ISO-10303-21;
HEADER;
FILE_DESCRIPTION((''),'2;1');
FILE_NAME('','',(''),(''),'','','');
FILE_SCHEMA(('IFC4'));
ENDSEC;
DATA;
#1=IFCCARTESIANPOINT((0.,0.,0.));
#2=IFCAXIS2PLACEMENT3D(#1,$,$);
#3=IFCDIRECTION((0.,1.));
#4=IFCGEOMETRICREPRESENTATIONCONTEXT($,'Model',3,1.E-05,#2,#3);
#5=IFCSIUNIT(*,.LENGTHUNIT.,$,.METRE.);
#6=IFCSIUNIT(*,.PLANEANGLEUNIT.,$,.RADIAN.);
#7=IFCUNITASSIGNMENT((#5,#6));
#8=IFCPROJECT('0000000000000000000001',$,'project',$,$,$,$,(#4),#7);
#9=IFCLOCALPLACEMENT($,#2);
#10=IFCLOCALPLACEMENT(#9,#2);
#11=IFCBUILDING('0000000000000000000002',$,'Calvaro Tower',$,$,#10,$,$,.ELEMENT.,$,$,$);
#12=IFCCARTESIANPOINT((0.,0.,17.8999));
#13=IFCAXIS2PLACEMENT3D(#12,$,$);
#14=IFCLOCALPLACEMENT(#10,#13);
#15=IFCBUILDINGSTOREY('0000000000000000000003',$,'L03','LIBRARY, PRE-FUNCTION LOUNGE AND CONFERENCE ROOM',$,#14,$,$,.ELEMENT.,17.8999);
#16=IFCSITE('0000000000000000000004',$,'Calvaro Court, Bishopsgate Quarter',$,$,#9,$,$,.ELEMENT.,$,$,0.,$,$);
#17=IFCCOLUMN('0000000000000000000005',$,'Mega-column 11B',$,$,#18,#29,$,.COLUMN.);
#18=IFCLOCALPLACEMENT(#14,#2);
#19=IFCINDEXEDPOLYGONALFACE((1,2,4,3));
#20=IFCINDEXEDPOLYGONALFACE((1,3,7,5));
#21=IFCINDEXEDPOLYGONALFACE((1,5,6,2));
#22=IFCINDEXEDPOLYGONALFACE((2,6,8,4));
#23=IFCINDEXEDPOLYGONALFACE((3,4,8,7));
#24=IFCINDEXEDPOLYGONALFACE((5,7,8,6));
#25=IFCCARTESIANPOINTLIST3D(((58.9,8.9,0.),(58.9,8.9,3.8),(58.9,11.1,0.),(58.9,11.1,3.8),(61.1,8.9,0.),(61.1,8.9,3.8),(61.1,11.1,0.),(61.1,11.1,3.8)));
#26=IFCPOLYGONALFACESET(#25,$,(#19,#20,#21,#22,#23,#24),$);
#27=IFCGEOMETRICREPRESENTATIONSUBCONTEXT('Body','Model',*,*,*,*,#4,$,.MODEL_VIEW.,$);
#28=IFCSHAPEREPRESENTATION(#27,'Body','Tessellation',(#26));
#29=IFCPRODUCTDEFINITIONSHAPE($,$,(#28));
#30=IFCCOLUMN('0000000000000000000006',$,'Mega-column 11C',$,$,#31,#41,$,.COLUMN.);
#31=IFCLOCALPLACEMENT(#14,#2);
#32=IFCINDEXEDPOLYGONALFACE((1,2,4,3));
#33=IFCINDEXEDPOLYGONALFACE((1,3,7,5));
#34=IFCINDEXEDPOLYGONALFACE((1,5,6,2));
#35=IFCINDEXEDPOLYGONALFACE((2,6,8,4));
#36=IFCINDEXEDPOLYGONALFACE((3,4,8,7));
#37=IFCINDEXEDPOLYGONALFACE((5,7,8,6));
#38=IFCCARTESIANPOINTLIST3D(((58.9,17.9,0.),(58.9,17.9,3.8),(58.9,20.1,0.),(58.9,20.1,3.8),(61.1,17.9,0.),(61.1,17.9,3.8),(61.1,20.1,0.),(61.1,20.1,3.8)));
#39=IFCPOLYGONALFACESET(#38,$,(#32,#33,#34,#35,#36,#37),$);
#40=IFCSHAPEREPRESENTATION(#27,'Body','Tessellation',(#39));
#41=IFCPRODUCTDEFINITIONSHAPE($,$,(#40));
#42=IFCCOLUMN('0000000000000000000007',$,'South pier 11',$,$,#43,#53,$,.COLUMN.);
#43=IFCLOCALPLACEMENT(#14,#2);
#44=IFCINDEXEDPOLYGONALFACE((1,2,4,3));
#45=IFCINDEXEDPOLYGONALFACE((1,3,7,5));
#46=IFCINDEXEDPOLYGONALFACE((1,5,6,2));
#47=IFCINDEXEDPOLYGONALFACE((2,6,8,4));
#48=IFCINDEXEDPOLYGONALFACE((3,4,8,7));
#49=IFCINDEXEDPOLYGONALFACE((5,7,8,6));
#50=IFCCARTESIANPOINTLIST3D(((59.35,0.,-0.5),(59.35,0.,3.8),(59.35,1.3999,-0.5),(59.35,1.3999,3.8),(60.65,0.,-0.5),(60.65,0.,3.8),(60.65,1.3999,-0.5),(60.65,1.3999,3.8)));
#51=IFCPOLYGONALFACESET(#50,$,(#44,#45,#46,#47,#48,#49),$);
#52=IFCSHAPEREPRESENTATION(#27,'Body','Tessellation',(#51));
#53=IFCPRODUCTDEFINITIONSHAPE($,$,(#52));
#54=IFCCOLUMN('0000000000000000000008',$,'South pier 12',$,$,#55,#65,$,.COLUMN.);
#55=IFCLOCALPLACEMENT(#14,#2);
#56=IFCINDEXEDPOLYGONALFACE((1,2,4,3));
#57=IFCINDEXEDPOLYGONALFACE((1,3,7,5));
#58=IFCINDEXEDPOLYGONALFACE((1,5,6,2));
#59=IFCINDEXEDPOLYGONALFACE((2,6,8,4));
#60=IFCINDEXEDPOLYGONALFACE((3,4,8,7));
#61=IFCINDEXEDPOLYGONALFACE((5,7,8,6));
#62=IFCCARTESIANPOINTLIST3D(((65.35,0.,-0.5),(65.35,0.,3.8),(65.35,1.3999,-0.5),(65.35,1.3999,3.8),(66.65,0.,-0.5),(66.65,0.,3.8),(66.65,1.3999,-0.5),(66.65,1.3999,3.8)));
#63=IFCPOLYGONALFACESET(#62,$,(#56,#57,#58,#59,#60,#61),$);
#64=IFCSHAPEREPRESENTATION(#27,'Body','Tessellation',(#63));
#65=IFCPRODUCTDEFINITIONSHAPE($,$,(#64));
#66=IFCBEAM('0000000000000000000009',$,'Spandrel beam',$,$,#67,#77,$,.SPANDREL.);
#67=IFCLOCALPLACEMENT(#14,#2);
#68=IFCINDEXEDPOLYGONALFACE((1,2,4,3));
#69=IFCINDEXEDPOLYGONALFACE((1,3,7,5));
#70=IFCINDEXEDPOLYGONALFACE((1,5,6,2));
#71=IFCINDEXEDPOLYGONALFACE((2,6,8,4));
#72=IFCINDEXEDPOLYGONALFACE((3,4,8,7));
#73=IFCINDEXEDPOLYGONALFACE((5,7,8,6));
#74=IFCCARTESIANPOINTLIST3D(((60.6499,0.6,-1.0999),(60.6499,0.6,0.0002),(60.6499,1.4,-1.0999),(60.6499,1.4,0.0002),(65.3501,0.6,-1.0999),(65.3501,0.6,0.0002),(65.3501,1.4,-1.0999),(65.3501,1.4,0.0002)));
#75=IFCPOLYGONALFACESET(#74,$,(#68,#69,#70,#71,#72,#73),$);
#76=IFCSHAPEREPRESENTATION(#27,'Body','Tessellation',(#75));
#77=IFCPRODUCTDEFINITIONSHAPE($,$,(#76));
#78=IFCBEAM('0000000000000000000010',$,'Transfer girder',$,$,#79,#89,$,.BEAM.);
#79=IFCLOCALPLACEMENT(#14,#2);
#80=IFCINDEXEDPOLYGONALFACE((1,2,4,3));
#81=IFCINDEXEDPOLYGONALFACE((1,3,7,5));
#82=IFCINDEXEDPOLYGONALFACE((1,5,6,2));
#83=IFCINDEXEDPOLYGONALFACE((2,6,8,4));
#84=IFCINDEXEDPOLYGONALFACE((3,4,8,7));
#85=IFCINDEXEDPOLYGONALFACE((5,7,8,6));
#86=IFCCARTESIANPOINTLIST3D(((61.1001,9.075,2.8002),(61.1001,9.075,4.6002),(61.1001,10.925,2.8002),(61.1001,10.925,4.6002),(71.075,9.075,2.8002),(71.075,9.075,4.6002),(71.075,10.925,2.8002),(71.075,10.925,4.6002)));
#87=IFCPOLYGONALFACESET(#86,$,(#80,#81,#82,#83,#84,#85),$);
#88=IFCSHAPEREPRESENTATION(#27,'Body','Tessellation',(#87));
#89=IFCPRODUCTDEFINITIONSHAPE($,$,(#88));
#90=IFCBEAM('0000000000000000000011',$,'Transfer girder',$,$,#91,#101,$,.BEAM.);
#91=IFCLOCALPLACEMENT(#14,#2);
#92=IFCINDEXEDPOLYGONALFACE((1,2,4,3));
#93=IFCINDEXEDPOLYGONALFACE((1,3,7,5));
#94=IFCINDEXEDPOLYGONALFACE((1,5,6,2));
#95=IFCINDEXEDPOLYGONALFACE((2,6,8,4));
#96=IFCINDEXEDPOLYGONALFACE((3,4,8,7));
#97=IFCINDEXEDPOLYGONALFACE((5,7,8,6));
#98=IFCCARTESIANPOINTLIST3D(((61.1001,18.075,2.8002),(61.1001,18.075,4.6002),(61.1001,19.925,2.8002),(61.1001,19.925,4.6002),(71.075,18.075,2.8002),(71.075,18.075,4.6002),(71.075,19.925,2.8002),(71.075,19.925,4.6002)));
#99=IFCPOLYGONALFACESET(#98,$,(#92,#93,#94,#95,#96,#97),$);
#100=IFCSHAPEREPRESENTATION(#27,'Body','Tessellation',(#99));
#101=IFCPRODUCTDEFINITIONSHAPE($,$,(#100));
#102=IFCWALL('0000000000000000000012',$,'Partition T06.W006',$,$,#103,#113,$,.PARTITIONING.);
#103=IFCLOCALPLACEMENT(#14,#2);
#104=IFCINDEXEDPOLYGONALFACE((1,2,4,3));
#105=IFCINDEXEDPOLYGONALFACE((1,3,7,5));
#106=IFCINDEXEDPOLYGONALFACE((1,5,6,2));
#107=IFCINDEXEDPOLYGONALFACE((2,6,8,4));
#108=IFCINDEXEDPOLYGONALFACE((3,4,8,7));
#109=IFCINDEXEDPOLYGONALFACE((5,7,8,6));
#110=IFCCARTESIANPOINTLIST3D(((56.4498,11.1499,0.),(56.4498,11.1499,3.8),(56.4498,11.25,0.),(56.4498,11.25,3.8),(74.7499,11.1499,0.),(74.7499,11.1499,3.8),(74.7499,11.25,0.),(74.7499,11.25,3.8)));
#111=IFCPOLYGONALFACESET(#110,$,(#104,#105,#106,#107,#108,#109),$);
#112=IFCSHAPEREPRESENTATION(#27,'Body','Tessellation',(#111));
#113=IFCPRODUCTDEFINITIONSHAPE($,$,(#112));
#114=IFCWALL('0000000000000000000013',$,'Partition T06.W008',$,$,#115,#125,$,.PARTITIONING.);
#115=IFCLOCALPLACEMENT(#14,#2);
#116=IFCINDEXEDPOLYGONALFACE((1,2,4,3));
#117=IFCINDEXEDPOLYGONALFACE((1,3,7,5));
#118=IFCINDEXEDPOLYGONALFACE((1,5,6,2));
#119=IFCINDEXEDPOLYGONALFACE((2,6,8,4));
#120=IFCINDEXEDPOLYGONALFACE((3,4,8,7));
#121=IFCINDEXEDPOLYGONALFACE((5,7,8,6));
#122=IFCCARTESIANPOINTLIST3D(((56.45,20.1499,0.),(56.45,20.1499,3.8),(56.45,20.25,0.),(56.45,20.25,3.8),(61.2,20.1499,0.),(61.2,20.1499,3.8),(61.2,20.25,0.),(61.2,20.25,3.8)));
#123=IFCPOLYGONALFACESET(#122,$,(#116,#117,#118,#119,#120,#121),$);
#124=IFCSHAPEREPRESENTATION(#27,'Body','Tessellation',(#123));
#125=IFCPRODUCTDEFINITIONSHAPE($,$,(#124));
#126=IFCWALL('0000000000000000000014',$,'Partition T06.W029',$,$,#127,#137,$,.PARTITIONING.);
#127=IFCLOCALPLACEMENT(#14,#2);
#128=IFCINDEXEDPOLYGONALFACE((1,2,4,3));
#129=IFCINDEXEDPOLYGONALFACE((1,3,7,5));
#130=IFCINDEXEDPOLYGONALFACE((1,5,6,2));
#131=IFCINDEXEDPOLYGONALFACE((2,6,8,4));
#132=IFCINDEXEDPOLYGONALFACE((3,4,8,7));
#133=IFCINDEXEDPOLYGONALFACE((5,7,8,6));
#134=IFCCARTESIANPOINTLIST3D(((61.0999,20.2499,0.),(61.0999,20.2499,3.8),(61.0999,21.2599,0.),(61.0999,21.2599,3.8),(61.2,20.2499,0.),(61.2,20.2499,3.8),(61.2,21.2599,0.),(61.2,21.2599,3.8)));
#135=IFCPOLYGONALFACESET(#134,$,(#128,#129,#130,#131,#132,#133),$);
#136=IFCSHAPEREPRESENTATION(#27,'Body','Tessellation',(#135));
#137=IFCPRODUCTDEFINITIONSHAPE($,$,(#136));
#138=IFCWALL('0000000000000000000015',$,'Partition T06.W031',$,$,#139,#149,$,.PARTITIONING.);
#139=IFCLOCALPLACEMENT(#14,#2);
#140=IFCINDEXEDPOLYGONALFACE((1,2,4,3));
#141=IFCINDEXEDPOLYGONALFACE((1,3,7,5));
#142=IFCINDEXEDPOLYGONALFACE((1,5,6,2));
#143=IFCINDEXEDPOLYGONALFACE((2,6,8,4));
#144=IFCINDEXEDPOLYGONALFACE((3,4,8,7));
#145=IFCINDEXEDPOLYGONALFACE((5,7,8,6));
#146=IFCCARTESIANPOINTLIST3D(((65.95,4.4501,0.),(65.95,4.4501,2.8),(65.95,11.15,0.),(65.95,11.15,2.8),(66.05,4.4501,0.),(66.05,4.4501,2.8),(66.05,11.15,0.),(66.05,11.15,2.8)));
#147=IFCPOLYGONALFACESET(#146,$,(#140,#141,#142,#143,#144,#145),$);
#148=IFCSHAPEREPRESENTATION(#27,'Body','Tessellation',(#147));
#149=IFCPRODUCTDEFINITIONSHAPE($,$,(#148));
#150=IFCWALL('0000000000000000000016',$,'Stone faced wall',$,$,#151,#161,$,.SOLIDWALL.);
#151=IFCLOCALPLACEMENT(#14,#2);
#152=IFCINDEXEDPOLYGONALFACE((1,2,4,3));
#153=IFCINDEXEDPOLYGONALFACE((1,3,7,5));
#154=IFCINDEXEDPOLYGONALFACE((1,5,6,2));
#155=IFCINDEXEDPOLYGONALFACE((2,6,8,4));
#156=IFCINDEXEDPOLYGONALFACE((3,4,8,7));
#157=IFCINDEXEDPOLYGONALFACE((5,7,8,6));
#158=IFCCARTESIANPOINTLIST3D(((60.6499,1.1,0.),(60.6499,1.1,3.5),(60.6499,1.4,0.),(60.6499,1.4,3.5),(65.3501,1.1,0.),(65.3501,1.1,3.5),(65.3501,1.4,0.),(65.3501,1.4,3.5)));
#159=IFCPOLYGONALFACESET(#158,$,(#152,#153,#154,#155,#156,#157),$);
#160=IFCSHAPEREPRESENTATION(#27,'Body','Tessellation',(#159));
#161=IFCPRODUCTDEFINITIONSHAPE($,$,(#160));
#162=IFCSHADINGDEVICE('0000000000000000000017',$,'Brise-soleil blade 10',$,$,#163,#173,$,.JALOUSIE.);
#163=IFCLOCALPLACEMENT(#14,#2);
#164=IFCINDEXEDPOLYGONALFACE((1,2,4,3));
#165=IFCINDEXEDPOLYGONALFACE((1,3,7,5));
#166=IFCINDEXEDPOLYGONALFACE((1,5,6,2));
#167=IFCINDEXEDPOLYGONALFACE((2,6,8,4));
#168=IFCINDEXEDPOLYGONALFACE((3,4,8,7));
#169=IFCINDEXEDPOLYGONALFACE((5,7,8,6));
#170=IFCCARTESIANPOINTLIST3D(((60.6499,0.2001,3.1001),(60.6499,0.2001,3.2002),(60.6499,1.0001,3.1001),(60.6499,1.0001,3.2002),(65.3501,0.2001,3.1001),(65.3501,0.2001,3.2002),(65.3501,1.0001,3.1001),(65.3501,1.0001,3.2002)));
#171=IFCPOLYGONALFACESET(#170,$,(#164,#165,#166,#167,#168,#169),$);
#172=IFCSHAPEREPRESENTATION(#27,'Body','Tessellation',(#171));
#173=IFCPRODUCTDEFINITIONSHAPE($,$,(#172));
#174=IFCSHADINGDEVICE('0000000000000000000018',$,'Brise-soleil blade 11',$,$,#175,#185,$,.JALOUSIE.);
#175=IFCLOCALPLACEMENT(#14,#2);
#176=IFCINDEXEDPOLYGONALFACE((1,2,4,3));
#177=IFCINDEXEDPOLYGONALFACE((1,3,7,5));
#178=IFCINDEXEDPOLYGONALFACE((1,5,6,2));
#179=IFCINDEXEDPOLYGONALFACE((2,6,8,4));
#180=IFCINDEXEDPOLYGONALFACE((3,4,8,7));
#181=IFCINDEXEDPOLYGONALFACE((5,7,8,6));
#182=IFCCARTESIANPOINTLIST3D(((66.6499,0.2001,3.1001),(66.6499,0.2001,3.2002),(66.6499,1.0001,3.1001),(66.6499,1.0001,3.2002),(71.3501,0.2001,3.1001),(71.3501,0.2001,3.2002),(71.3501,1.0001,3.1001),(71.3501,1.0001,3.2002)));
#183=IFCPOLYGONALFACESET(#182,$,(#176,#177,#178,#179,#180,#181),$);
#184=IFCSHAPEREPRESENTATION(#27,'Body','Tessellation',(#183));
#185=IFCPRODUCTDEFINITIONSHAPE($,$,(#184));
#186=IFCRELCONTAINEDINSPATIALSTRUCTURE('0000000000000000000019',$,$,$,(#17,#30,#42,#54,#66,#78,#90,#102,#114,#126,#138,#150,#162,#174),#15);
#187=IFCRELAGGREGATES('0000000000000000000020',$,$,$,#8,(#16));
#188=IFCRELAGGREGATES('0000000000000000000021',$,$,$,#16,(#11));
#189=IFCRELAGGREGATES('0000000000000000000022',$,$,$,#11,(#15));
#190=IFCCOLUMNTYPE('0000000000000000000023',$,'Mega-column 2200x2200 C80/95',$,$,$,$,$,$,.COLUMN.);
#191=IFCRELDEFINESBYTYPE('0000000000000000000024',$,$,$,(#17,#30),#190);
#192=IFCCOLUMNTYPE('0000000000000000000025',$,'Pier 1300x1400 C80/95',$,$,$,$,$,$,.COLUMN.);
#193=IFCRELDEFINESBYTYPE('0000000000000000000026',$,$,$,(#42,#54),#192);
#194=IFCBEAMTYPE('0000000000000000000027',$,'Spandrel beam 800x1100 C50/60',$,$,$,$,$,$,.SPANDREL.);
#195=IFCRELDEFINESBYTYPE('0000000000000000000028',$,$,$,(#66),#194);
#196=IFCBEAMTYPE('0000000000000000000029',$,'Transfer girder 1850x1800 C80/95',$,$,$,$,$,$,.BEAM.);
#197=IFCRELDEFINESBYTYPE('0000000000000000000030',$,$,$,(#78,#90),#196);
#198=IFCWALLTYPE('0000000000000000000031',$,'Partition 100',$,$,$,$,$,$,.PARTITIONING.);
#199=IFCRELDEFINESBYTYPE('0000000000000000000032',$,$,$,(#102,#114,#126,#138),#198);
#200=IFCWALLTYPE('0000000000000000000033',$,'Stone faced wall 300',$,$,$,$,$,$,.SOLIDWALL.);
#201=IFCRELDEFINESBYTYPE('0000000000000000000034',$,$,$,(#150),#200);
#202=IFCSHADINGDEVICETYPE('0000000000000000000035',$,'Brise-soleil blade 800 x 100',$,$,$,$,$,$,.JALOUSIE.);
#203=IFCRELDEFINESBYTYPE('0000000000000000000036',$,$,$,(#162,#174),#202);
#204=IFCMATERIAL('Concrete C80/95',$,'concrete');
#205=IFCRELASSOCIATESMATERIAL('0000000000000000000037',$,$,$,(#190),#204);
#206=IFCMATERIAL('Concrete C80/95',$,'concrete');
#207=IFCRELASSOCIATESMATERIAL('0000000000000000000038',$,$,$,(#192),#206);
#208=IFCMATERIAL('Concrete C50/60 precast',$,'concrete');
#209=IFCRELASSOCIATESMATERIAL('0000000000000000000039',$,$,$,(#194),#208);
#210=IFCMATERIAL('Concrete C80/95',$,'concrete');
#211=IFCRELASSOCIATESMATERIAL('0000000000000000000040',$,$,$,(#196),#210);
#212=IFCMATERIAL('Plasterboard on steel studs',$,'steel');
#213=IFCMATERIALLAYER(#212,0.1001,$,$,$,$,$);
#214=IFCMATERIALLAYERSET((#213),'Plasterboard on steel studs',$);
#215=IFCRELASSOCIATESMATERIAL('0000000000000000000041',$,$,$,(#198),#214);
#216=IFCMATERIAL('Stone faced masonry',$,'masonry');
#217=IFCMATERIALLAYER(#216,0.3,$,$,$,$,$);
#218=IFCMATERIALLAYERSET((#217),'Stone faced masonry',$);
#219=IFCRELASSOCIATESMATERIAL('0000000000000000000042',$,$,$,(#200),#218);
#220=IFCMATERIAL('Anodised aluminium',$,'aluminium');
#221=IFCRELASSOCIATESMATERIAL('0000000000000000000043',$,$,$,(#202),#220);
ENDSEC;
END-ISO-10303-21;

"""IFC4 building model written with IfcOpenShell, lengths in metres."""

from ifc_helpers import new_model, si_unit, direction, frame, frame_2d, origin, origin_2d, place, context, subcontext, project, spatial, rectangle, extrude, material, layer, layer_set, material_profile, profile_set, type_object, element, save


model = new_model("IFC4")

# Units and contexts
model_context = context("Model", 3, precision=1e-05, world=origin(), true_north=direction((0.0, 1.0)))
body_context = subcontext(model_context, "Body", "Model", "MODEL_VIEW")
ifc_project = project(units=[si_unit("LENGTHUNIT", "METRE"), si_unit("PLANEANGLEUNIT", "RADIAN")], contexts=[model_context])

# Site, building, storey
site_placement = place(None, origin())
site = spatial("IfcSite", under=ifc_project, at=site_placement, Name="Calvaro Court, Bishopsgate Quarter", CompositionType="ELEMENT", RefElevation=0.0)
building_placement = place(site_placement, origin())
building = spatial("IfcBuilding", under=site, at=building_placement, Name="Calvaro Tower", CompositionType="ELEMENT")
storey_placement = place(building_placement, frame((0.0, 0.0, 17.8999)))
storey = spatial("IfcBuildingStorey", under=building, at=storey_placement, Name="L03", Description="LIBRARY, PRE-FUNCTION LOUNGE AND CONFERENCE ROOM", CompositionType="ELEMENT", Elevation=17.8999)

# Columns
ifc_material_1 = material(Name="Concrete C80/95", Category="concrete")
ifc_material_profile_1 = material_profile(ifc_material_1, rectangle(XDim=2.2, YDim=2.2, at=origin_2d()), Name="RC 2200x2200")
ifc_profile_set_1 = profile_set([ifc_material_profile_1], Name="Concrete C80/95")
column_type_1 = type_object("IfcColumnType", Name="Mega-column 2200x2200 C80/95", PredefinedType="COLUMN", material=ifc_profile_set_1)
for number, where, z_axis, x_axis, name in (
    (1, (60.0, 10.0, 0.0), (0.0, 0.0, 1.0), (1.0, 0.0, 0.0), "Mega-column 11B"),
    (2, (60.0, 19.0, 0.0), (0.0, 0.0, 1.0), (1.0, 0.0, 0.0), "Mega-column 11C"),
):
    element("IfcColumn", number, at=place(storey_placement, frame(where, z_axis=z_axis, x_axis=x_axis)), inside=storey, type_object=column_type_1, Name=name, PredefinedType="COLUMN", context=body_context, shape_type="SweptSolid", body=[
        extrude(rectangle(XDim=2.2, YDim=2.2, at=origin_2d()), origin(), (0.0, 0.0, 1.0), 3.8),
    ])
ifc_material_2 = material(Name="Concrete C80/95", Category="concrete")
ifc_material_profile_2 = material_profile(ifc_material_2, rectangle(XDim=1.3, YDim=1.3999, at=origin_2d()), Name="RC 1300x1400")
ifc_profile_set_2 = profile_set([ifc_material_profile_2], Name="Concrete C80/95")
column_type_2 = type_object("IfcColumnType", Name="Pier 1300x1400 C80/95", PredefinedType="COLUMN", material=ifc_profile_set_2)
for number, where, z_axis, x_axis, name in (
    (3, (60.0, 0.7, -0.5), (0.0, 0.0, 1.0), (1.0, 0.0, 0.0), "South pier 11"),
    (4, (66.0, 0.7, -0.5), (0.0, 0.0, 1.0), (1.0, 0.0, 0.0), "South pier 12"),
):
    element("IfcColumn", number, at=place(storey_placement, frame(where, z_axis=z_axis, x_axis=x_axis)), inside=storey, type_object=column_type_2, Name=name, PredefinedType="COLUMN", context=body_context, shape_type="SweptSolid", body=[
        extrude(rectangle(XDim=1.3, YDim=1.3999, at=origin_2d()), origin(), (0.0, 0.0, 1.0), 4.3),
    ])

# Beams
ifc_material_3 = material(Name="Concrete C50/60 precast", Category="concrete")
ifc_material_profile_3 = material_profile(ifc_material_3, rectangle(XDim=0.8, YDim=1.1001, at=origin_2d()), Name="RC 800x1100")
ifc_profile_set_3 = profile_set([ifc_material_profile_3], Name="Concrete C50/60 precast")
beam_type_1 = type_object("IfcBeamType", Name="Spandrel beam 800x1100 C50/60", PredefinedType="SPANDREL", material=ifc_profile_set_3)
beam_placement = place(storey_placement, frame((60.6499, 1.0, -0.5498), z_axis=(1.0, 0.0, 0.0), x_axis=(0.0, 1.0, 0.0)))
element("IfcBeam", 5, at=beam_placement, inside=storey, type_object=beam_type_1, Name="Spandrel beam", PredefinedType="SPANDREL", context=body_context, shape_type="SweptSolid", body=[
    extrude(rectangle(XDim=0.8, YDim=1.1001, at=origin_2d()), origin(), (0.0, 0.0, 1.0), 4.7002),
])
ifc_material_4 = material(Name="Concrete C80/95", Category="concrete")
ifc_material_profile_4 = material_profile(ifc_material_4, rectangle(XDim=1.8501, YDim=1.8, at=origin_2d()), Name="RC 1850x1800")
ifc_profile_set_4 = profile_set([ifc_material_profile_4], Name="Concrete C80/95")
beam_type_2 = type_object("IfcBeamType", Name="Transfer girder 1850x1800 C80/95", PredefinedType="BEAM", material=ifc_profile_set_4)
for number, where, z_axis, x_axis, name in (
    (6, (61.1001, 10.0, 3.7002), (1.0, 0.0, 0.0), (0.0, 1.0, 0.0), "Transfer girder"),
    (7, (61.1001, 19.0, 3.7002), (1.0, 0.0, 0.0), (0.0, 1.0, 0.0), "Transfer girder"),
):
    element("IfcBeam", number, at=place(storey_placement, frame(where, z_axis=z_axis, x_axis=x_axis)), inside=storey, type_object=beam_type_2, Name=name, PredefinedType="BEAM", context=body_context, shape_type="SweptSolid", body=[
        extrude(rectangle(XDim=1.8501, YDim=1.8, at=origin_2d()), origin(), (0.0, 0.0, 1.0), 9.9749),
    ])

# Walls
ifc_material_5 = material(Name="Plasterboard on steel studs", Category="steel")
ifc_layer_1 = layer(ifc_material_5, 0.1001)
ifc_layer_set_1 = layer_set([ifc_layer_1], Name="Plasterboard on steel studs")
wall_type_1 = type_object("IfcWallType", Name="Partition 100", PredefinedType="PARTITIONING", material=ifc_layer_set_1)
wall_1_placement = place(storey_placement, frame((56.45, 11.2, 0.0), z_axis=(0.0, 0.0, 1.0), x_axis=(1.0, 0.0, 0.0)))
element("IfcWall", 8, at=wall_1_placement, inside=storey, type_object=wall_type_1, Name="Partition T06.W006", PredefinedType="PARTITIONING", context=body_context, shape_type="SweptSolid", body=[
    extrude(rectangle(XDim=18.3, YDim=0.1001, at=frame_2d((9.1499, 0.0))), origin(), (0.0, 0.0, 1.0), 3.8),
])
wall_2_placement = place(storey_placement, frame((56.45, 20.2, 0.0), z_axis=(0.0, 0.0, 1.0), x_axis=(1.0, 0.0, 0.0)))
element("IfcWall", 9, at=wall_2_placement, inside=storey, type_object=wall_type_1, Name="Partition T06.W008", PredefinedType="PARTITIONING", context=body_context, shape_type="SweptSolid", body=[
    extrude(rectangle(XDim=4.75, YDim=0.1001, at=frame_2d((2.375, 0.0))), origin(), (0.0, 0.0, 1.0), 3.8),
])
wall_3_placement = place(storey_placement, frame((61.1499, 20.25, 0.0), z_axis=(0.0, 0.0, 1.0), x_axis=(0.0, 1.0, 0.0)))
element("IfcWall", 10, at=wall_3_placement, inside=storey, type_object=wall_type_1, Name="Partition T06.W029", PredefinedType="PARTITIONING", context=body_context, shape_type="SweptSolid", body=[
    extrude(rectangle(XDim=1.01, YDim=0.1001, at=frame_2d((0.5049, 0.0))), origin(), (0.0, 0.0, 1.0), 3.8),
])
wall_4_placement = place(storey_placement, frame((66.0, 4.45, 0.0), z_axis=(0.0, 0.0, 1.0), x_axis=(0.0, 1.0, 0.0)))
element("IfcWall", 11, at=wall_4_placement, inside=storey, type_object=wall_type_1, Name="Partition T06.W031", PredefinedType="PARTITIONING", context=body_context, shape_type="SweptSolid", body=[
    extrude(rectangle(XDim=6.7, YDim=0.1001, at=frame_2d((3.3501, 0.0))), origin(), (0.0, 0.0, 1.0), 2.8),
])
ifc_material_6 = material(Name="Stone faced masonry", Category="masonry")
ifc_layer_2 = layer(ifc_material_6, 0.3)
ifc_layer_set_2 = layer_set([ifc_layer_2], Name="Stone faced masonry")
wall_type_2 = type_object("IfcWallType", Name="Stone faced wall 300", PredefinedType="SOLIDWALL", material=ifc_layer_set_2)
wall_5_placement = place(storey_placement, frame((60.6499, 1.25, 0.0), z_axis=(0.0, 0.0, 1.0), x_axis=(1.0, 0.0, 0.0)))
element("IfcWall", 12, at=wall_5_placement, inside=storey, type_object=wall_type_2, Name="Stone faced wall", PredefinedType="SOLIDWALL", context=body_context, shape_type="SweptSolid", body=[
    extrude(rectangle(XDim=4.7002, YDim=0.3, at=frame_2d((2.3501, 0.0))), origin(), (0.0, 0.0, 1.0), 3.5),
])

# Shading devices
ifc_material_7 = material(Name="Anodised aluminium", Category="aluminium")
ifc_material_profile_5 = material_profile(ifc_material_7, rectangle(XDim=0.8, YDim=0.1001, at=origin_2d()), Name="Brise-soleil blade 800 x 100")
ifc_profile_set_5 = profile_set([ifc_material_profile_5], Name="Anodised aluminium")
shading_device_type = type_object("IfcShadingDeviceType", Name="Brise-soleil blade 800 x 100", PredefinedType="JALOUSIE", material=ifc_profile_set_5)
for number, where, z_axis, x_axis, name in (
    (13, (60.6499, 0.6001, 3.1501), (1.0, 0.0, 0.0), (0.0, 1.0, 0.0), "Brise-soleil blade 10"),
    (14, (66.6499, 0.6001, 3.1501), (1.0, 0.0, 0.0), (0.0, 1.0, 0.0), "Brise-soleil blade 11"),
):
    element("IfcShadingDevice", number, at=place(storey_placement, frame(where, z_axis=z_axis, x_axis=x_axis)), inside=storey, type_object=shading_device_type, Name=name, PredefinedType="JALOUSIE", context=body_context, shape_type="SweptSolid", body=[
        extrude(rectangle(XDim=0.8, YDim=0.1001, at=origin_2d()), origin(), (0.0, 0.0, 1.0), 4.7002),
    ])

save(model, "model.ifc")
